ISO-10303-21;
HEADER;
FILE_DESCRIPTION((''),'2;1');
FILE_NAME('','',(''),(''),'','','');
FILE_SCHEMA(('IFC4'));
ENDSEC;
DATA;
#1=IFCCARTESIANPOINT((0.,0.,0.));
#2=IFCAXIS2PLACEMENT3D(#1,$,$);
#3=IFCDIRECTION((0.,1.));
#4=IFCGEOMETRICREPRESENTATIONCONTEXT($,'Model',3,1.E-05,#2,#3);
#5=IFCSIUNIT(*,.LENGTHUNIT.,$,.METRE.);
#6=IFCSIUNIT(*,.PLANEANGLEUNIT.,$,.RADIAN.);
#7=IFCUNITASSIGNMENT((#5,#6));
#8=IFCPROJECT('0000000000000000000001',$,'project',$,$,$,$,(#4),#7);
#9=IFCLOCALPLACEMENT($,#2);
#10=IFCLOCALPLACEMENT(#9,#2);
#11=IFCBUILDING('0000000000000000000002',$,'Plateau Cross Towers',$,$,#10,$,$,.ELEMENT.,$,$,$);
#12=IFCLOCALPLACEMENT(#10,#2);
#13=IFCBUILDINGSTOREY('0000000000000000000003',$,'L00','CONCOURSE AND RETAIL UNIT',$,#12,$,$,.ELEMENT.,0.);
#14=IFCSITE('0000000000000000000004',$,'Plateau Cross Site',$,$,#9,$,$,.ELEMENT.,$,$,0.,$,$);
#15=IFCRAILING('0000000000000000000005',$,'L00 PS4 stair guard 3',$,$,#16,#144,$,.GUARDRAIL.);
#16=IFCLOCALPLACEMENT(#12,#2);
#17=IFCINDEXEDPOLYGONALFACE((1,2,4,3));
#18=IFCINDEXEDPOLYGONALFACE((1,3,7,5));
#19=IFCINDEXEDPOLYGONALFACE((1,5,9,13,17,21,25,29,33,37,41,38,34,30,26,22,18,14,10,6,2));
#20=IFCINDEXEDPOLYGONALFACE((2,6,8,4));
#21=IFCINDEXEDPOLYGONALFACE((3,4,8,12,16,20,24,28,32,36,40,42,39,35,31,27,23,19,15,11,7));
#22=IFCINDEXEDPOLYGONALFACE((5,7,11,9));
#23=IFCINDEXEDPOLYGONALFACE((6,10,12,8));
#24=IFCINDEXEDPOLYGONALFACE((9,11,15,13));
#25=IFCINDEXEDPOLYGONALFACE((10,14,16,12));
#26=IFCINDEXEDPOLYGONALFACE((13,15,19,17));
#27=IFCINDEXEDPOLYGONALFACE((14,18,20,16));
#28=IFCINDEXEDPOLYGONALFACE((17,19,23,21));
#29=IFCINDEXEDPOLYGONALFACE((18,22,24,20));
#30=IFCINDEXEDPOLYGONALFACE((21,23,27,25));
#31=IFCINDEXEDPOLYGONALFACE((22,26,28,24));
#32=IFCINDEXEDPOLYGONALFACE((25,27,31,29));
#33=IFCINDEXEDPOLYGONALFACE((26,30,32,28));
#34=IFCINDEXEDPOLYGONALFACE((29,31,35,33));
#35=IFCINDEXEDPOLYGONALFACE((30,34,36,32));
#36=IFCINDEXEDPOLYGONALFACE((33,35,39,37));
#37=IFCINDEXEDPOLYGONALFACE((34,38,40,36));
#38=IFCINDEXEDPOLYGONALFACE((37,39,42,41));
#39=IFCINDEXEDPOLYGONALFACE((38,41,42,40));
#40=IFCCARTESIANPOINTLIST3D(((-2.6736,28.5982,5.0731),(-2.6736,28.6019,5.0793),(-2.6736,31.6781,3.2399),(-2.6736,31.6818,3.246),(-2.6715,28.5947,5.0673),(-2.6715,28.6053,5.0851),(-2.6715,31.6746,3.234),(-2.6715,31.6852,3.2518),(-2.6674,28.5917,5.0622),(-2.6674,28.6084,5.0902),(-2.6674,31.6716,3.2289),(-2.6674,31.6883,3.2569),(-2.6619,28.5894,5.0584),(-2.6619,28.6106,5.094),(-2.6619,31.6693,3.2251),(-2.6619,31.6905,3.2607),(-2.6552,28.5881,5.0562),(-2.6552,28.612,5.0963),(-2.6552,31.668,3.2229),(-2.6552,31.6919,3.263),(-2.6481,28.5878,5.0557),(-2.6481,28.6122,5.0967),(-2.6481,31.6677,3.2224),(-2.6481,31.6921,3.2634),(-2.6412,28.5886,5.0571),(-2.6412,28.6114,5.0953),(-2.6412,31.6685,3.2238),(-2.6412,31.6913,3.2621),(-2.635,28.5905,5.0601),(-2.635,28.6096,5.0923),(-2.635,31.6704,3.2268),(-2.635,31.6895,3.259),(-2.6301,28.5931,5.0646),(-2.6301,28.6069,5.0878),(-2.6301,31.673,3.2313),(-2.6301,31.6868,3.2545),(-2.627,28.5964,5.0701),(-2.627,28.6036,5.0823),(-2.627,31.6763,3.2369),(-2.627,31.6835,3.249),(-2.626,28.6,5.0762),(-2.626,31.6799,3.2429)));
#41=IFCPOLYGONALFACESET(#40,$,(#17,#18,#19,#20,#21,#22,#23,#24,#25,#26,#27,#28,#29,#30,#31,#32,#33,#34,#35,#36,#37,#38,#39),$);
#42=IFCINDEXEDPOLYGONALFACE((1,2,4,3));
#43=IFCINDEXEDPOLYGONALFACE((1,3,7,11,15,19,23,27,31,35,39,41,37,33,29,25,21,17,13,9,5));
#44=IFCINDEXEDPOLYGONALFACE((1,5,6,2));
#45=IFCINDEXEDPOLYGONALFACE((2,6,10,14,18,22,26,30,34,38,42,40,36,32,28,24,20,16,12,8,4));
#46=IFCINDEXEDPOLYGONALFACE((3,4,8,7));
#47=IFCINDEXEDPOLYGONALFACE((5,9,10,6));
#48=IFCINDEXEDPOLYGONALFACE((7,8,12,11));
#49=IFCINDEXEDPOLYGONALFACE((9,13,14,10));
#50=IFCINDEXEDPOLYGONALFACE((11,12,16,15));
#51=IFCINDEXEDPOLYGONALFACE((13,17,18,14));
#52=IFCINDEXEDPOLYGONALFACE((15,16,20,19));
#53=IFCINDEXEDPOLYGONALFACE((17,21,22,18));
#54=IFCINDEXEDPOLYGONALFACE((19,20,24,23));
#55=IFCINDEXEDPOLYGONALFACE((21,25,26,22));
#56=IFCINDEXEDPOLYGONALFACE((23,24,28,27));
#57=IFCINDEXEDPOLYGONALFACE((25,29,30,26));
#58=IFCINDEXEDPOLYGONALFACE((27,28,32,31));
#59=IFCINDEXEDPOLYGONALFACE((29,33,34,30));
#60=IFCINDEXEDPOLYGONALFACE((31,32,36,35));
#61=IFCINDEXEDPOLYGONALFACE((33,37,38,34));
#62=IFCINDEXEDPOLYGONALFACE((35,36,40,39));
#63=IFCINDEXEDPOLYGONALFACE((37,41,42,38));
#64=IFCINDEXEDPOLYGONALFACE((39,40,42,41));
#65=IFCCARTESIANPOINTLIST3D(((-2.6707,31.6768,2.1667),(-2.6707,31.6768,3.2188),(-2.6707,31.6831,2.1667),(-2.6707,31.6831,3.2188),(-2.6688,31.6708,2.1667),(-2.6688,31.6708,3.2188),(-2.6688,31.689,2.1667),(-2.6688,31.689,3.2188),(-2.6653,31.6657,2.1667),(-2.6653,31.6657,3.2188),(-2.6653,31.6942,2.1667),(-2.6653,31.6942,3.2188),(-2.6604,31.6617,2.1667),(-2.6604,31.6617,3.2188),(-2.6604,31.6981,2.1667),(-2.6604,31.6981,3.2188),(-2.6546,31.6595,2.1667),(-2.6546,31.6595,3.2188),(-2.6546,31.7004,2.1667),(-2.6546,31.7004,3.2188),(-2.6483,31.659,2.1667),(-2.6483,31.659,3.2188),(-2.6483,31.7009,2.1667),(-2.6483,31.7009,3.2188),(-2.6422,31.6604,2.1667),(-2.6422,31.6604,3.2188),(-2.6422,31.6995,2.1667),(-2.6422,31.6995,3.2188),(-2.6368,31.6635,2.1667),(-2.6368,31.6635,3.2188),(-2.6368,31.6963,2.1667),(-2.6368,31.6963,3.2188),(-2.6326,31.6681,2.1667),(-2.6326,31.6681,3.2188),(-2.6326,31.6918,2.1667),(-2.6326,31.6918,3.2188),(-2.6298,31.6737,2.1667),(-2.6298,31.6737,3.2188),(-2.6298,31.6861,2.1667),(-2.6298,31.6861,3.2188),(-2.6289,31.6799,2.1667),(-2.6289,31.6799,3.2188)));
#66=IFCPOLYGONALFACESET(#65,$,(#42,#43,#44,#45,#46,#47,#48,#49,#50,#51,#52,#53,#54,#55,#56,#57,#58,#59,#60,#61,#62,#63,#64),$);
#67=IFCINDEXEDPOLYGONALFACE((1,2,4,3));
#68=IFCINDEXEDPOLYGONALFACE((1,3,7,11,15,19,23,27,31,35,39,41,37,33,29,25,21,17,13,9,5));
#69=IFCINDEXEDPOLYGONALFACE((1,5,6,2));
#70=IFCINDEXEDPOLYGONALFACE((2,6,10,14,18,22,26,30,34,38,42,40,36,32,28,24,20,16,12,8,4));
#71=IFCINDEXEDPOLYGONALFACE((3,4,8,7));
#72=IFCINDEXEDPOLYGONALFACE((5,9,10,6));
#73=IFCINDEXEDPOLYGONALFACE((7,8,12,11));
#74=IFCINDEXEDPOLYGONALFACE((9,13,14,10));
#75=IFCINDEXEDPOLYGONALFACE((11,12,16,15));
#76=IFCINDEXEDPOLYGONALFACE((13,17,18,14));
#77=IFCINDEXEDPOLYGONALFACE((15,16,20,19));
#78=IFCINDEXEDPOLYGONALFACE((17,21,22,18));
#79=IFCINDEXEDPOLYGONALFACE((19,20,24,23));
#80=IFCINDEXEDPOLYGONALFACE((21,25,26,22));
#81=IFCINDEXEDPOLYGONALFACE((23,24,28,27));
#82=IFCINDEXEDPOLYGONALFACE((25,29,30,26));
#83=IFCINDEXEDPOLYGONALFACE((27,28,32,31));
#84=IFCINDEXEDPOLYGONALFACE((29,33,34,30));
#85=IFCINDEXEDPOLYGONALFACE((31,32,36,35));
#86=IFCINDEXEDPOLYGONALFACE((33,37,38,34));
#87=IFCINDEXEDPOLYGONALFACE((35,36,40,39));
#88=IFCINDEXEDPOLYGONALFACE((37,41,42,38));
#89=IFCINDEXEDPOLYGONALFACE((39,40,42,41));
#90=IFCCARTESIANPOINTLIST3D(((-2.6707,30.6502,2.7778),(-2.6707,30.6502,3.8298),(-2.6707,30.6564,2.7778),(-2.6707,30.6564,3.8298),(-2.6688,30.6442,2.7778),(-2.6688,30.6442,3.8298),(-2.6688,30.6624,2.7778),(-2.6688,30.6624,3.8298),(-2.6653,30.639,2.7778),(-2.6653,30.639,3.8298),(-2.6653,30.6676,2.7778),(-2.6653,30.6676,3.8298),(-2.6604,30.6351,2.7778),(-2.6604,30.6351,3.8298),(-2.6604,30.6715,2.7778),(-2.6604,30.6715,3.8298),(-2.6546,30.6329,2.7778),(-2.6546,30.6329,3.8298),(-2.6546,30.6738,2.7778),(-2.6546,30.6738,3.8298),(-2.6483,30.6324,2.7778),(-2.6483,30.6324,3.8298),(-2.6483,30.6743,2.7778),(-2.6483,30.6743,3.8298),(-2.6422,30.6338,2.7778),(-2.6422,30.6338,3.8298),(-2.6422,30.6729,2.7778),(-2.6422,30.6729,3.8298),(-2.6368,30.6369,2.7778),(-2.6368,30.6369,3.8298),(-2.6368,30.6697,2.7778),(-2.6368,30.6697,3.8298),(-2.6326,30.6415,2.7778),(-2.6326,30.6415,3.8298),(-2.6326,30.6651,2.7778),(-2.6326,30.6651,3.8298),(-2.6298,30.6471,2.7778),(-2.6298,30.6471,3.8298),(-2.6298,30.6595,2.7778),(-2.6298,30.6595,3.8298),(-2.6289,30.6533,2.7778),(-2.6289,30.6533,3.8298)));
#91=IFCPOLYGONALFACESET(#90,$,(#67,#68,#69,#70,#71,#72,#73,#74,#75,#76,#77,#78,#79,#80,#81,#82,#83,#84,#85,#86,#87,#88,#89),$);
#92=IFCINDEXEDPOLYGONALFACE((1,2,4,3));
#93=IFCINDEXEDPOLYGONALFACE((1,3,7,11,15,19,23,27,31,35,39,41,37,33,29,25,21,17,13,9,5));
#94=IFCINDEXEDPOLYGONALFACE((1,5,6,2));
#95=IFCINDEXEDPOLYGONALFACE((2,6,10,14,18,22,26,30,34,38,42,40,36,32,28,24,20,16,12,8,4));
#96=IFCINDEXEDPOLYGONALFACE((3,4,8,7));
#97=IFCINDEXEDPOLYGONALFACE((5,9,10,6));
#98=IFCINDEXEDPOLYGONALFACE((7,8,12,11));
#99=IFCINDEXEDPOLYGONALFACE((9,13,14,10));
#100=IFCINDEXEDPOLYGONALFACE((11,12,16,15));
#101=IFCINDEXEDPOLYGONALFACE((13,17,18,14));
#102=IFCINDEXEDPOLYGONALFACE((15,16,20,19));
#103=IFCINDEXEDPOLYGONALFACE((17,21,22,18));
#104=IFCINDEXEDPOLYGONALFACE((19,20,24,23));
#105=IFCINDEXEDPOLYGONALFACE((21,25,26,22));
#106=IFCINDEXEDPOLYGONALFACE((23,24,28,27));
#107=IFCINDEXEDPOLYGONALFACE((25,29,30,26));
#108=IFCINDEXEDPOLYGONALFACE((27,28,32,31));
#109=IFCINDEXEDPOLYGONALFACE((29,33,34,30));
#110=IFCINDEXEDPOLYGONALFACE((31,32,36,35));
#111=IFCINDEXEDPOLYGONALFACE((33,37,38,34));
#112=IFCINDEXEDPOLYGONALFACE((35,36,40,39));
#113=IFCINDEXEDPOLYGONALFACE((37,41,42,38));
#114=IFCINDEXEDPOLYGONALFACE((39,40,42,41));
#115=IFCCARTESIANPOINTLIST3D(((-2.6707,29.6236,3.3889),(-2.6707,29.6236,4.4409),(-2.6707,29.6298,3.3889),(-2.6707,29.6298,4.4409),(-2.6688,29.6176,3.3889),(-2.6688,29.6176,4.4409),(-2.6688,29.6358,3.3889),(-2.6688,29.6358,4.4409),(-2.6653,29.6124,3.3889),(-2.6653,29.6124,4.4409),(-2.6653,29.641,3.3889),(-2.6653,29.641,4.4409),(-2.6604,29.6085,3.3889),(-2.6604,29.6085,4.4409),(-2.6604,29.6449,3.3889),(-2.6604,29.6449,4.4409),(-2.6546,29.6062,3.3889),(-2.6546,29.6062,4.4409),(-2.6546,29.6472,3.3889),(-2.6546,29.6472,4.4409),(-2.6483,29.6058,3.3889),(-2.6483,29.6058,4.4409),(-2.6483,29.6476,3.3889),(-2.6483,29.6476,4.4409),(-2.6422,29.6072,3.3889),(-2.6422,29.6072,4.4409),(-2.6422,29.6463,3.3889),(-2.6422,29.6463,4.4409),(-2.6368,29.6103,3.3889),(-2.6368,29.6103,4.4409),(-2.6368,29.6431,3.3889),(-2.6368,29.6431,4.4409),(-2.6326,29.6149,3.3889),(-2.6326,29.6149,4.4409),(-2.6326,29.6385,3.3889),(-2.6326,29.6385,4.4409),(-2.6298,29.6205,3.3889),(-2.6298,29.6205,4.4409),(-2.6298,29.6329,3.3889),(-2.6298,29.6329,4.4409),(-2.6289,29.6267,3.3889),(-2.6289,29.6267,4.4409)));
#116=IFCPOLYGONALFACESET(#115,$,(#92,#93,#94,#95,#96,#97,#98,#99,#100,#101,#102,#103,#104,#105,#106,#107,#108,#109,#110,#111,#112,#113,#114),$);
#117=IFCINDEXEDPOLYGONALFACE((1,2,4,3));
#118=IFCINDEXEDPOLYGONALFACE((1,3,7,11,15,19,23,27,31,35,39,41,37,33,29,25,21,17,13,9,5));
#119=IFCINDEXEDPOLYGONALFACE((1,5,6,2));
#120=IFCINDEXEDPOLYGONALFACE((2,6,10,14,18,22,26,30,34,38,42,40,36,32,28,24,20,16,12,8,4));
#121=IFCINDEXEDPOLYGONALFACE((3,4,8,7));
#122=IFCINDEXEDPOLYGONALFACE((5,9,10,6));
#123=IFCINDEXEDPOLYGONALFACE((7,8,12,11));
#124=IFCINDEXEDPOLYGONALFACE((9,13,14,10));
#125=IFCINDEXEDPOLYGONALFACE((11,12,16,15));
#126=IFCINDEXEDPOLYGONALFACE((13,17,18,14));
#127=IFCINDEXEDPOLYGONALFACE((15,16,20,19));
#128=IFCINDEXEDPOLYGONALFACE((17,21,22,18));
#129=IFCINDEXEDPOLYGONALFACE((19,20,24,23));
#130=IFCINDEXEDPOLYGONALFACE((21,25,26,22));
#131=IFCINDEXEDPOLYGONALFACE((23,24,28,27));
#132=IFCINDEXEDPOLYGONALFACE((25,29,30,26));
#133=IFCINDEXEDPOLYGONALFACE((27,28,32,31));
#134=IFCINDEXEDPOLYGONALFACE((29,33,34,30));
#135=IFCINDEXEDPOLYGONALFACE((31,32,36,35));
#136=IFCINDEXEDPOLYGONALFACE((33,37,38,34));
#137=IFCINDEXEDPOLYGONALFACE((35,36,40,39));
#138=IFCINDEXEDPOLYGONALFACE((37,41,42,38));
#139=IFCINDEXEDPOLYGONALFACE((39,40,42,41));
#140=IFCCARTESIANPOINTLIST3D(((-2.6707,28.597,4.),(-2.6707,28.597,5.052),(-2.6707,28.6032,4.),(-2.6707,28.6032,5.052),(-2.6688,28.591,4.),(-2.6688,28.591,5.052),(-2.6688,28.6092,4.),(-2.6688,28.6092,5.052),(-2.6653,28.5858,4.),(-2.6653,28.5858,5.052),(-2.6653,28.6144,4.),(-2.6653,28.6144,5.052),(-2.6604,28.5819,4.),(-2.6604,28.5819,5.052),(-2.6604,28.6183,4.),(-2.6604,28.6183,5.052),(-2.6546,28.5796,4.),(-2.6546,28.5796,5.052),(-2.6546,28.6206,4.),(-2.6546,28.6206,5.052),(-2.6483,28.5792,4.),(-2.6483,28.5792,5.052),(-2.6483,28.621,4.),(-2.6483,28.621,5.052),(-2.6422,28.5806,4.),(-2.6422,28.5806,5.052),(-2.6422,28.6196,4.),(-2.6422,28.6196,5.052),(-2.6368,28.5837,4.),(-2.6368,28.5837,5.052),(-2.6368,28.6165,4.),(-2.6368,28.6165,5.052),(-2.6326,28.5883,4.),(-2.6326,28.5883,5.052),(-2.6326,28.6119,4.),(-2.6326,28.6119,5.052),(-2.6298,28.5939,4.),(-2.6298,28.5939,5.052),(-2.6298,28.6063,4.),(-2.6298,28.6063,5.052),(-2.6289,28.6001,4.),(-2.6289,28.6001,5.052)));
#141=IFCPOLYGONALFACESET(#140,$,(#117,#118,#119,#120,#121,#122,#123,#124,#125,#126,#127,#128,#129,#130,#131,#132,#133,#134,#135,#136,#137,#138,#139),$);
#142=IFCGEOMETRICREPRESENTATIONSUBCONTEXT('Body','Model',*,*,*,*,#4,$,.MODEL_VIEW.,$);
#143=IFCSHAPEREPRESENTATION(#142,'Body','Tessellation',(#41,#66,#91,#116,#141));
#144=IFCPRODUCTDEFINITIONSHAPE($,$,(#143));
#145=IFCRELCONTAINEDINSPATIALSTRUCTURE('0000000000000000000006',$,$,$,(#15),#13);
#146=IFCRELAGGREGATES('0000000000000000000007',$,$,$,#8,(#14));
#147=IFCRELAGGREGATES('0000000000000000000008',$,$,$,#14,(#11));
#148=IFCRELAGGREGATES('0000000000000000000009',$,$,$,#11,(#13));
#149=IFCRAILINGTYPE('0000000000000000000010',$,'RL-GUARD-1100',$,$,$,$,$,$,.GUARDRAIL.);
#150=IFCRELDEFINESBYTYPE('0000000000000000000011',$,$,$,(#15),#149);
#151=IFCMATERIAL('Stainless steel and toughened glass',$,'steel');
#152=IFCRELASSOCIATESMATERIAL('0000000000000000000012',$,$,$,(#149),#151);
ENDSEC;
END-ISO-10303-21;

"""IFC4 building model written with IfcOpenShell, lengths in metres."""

from ifc_helpers import new_model, si_unit, direction, frame, origin, origin_2d, place, context, subcontext, project, spatial, circle, extrude, material, type_object, element, save


model = new_model("IFC4")

# Units and contexts
model_context = context("Model", 3, precision=1e-05, world=origin(), true_north=direction((0.0, 1.0)))
body_context = subcontext(model_context, "Body", "Model", "MODEL_VIEW")
ifc_project = project(units=[si_unit("LENGTHUNIT", "METRE"), si_unit("PLANEANGLEUNIT", "RADIAN")], contexts=[model_context])

# Site, building, storey
site_placement = place(None, origin())
site = spatial("IfcSite", under=ifc_project, at=site_placement, Name="Plateau Cross Site", CompositionType="ELEMENT", RefElevation=0.0)
building_placement = place(site_placement, origin())
building = spatial("IfcBuilding", under=site, at=building_placement, Name="Plateau Cross Towers", CompositionType="ELEMENT")
storey_placement = place(building_placement, origin())
storey = spatial("IfcBuildingStorey", under=building, at=storey_placement, Name="L00", Description="CONCOURSE AND RETAIL UNIT", CompositionType="ELEMENT", Elevation=0.0)

# Railing
ifc_material_1 = material(Name="Stainless steel and toughened glass", Category="steel")
railing_type_1 = type_object("IfcRailingType", Name="RL-GUARD-1100", PredefinedType="GUARDRAIL", material=ifc_material_1)
railing_1_placement = place(storey_placement, frame((-2.6499, 31.6799, 2.1667)))
element("IfcRailing", 1, at=railing_1_placement, inside=storey, type_object=railing_type_1, Name="L00 PS4 stair guard 3", PredefinedType="GUARDRAIL", context=body_context, shape_type="SweptSolid", body=[
    extrude(circle(Radius=0.0239, at=origin_2d()), frame((0.0, 0.0, 1.0762), z_axis=(0.0, -0.859291, 0.511487), x_axis=(1.0, 0.0, 0.0)), (0.0, 0.0, 1.0), 3.5842),
    extrude(circle(Radius=0.021, at=origin_2d()), origin(), (0.0, 0.0, 1.0), 1.052),
    extrude(circle(Radius=0.021, at=origin_2d()), frame((0.0, -1.0266, 0.6111)), (0.0, 0.0, 1.0), 1.052),
    extrude(circle(Radius=0.021, at=origin_2d()), frame((0.0, -2.0532, 1.2222)), (0.0, 0.0, 1.0), 1.052),
    extrude(circle(Radius=0.021, at=origin_2d()), frame((0.0, -3.0798, 1.8333)), (0.0, 0.0, 1.0), 1.052),
])

save(model, "model.ifc")
